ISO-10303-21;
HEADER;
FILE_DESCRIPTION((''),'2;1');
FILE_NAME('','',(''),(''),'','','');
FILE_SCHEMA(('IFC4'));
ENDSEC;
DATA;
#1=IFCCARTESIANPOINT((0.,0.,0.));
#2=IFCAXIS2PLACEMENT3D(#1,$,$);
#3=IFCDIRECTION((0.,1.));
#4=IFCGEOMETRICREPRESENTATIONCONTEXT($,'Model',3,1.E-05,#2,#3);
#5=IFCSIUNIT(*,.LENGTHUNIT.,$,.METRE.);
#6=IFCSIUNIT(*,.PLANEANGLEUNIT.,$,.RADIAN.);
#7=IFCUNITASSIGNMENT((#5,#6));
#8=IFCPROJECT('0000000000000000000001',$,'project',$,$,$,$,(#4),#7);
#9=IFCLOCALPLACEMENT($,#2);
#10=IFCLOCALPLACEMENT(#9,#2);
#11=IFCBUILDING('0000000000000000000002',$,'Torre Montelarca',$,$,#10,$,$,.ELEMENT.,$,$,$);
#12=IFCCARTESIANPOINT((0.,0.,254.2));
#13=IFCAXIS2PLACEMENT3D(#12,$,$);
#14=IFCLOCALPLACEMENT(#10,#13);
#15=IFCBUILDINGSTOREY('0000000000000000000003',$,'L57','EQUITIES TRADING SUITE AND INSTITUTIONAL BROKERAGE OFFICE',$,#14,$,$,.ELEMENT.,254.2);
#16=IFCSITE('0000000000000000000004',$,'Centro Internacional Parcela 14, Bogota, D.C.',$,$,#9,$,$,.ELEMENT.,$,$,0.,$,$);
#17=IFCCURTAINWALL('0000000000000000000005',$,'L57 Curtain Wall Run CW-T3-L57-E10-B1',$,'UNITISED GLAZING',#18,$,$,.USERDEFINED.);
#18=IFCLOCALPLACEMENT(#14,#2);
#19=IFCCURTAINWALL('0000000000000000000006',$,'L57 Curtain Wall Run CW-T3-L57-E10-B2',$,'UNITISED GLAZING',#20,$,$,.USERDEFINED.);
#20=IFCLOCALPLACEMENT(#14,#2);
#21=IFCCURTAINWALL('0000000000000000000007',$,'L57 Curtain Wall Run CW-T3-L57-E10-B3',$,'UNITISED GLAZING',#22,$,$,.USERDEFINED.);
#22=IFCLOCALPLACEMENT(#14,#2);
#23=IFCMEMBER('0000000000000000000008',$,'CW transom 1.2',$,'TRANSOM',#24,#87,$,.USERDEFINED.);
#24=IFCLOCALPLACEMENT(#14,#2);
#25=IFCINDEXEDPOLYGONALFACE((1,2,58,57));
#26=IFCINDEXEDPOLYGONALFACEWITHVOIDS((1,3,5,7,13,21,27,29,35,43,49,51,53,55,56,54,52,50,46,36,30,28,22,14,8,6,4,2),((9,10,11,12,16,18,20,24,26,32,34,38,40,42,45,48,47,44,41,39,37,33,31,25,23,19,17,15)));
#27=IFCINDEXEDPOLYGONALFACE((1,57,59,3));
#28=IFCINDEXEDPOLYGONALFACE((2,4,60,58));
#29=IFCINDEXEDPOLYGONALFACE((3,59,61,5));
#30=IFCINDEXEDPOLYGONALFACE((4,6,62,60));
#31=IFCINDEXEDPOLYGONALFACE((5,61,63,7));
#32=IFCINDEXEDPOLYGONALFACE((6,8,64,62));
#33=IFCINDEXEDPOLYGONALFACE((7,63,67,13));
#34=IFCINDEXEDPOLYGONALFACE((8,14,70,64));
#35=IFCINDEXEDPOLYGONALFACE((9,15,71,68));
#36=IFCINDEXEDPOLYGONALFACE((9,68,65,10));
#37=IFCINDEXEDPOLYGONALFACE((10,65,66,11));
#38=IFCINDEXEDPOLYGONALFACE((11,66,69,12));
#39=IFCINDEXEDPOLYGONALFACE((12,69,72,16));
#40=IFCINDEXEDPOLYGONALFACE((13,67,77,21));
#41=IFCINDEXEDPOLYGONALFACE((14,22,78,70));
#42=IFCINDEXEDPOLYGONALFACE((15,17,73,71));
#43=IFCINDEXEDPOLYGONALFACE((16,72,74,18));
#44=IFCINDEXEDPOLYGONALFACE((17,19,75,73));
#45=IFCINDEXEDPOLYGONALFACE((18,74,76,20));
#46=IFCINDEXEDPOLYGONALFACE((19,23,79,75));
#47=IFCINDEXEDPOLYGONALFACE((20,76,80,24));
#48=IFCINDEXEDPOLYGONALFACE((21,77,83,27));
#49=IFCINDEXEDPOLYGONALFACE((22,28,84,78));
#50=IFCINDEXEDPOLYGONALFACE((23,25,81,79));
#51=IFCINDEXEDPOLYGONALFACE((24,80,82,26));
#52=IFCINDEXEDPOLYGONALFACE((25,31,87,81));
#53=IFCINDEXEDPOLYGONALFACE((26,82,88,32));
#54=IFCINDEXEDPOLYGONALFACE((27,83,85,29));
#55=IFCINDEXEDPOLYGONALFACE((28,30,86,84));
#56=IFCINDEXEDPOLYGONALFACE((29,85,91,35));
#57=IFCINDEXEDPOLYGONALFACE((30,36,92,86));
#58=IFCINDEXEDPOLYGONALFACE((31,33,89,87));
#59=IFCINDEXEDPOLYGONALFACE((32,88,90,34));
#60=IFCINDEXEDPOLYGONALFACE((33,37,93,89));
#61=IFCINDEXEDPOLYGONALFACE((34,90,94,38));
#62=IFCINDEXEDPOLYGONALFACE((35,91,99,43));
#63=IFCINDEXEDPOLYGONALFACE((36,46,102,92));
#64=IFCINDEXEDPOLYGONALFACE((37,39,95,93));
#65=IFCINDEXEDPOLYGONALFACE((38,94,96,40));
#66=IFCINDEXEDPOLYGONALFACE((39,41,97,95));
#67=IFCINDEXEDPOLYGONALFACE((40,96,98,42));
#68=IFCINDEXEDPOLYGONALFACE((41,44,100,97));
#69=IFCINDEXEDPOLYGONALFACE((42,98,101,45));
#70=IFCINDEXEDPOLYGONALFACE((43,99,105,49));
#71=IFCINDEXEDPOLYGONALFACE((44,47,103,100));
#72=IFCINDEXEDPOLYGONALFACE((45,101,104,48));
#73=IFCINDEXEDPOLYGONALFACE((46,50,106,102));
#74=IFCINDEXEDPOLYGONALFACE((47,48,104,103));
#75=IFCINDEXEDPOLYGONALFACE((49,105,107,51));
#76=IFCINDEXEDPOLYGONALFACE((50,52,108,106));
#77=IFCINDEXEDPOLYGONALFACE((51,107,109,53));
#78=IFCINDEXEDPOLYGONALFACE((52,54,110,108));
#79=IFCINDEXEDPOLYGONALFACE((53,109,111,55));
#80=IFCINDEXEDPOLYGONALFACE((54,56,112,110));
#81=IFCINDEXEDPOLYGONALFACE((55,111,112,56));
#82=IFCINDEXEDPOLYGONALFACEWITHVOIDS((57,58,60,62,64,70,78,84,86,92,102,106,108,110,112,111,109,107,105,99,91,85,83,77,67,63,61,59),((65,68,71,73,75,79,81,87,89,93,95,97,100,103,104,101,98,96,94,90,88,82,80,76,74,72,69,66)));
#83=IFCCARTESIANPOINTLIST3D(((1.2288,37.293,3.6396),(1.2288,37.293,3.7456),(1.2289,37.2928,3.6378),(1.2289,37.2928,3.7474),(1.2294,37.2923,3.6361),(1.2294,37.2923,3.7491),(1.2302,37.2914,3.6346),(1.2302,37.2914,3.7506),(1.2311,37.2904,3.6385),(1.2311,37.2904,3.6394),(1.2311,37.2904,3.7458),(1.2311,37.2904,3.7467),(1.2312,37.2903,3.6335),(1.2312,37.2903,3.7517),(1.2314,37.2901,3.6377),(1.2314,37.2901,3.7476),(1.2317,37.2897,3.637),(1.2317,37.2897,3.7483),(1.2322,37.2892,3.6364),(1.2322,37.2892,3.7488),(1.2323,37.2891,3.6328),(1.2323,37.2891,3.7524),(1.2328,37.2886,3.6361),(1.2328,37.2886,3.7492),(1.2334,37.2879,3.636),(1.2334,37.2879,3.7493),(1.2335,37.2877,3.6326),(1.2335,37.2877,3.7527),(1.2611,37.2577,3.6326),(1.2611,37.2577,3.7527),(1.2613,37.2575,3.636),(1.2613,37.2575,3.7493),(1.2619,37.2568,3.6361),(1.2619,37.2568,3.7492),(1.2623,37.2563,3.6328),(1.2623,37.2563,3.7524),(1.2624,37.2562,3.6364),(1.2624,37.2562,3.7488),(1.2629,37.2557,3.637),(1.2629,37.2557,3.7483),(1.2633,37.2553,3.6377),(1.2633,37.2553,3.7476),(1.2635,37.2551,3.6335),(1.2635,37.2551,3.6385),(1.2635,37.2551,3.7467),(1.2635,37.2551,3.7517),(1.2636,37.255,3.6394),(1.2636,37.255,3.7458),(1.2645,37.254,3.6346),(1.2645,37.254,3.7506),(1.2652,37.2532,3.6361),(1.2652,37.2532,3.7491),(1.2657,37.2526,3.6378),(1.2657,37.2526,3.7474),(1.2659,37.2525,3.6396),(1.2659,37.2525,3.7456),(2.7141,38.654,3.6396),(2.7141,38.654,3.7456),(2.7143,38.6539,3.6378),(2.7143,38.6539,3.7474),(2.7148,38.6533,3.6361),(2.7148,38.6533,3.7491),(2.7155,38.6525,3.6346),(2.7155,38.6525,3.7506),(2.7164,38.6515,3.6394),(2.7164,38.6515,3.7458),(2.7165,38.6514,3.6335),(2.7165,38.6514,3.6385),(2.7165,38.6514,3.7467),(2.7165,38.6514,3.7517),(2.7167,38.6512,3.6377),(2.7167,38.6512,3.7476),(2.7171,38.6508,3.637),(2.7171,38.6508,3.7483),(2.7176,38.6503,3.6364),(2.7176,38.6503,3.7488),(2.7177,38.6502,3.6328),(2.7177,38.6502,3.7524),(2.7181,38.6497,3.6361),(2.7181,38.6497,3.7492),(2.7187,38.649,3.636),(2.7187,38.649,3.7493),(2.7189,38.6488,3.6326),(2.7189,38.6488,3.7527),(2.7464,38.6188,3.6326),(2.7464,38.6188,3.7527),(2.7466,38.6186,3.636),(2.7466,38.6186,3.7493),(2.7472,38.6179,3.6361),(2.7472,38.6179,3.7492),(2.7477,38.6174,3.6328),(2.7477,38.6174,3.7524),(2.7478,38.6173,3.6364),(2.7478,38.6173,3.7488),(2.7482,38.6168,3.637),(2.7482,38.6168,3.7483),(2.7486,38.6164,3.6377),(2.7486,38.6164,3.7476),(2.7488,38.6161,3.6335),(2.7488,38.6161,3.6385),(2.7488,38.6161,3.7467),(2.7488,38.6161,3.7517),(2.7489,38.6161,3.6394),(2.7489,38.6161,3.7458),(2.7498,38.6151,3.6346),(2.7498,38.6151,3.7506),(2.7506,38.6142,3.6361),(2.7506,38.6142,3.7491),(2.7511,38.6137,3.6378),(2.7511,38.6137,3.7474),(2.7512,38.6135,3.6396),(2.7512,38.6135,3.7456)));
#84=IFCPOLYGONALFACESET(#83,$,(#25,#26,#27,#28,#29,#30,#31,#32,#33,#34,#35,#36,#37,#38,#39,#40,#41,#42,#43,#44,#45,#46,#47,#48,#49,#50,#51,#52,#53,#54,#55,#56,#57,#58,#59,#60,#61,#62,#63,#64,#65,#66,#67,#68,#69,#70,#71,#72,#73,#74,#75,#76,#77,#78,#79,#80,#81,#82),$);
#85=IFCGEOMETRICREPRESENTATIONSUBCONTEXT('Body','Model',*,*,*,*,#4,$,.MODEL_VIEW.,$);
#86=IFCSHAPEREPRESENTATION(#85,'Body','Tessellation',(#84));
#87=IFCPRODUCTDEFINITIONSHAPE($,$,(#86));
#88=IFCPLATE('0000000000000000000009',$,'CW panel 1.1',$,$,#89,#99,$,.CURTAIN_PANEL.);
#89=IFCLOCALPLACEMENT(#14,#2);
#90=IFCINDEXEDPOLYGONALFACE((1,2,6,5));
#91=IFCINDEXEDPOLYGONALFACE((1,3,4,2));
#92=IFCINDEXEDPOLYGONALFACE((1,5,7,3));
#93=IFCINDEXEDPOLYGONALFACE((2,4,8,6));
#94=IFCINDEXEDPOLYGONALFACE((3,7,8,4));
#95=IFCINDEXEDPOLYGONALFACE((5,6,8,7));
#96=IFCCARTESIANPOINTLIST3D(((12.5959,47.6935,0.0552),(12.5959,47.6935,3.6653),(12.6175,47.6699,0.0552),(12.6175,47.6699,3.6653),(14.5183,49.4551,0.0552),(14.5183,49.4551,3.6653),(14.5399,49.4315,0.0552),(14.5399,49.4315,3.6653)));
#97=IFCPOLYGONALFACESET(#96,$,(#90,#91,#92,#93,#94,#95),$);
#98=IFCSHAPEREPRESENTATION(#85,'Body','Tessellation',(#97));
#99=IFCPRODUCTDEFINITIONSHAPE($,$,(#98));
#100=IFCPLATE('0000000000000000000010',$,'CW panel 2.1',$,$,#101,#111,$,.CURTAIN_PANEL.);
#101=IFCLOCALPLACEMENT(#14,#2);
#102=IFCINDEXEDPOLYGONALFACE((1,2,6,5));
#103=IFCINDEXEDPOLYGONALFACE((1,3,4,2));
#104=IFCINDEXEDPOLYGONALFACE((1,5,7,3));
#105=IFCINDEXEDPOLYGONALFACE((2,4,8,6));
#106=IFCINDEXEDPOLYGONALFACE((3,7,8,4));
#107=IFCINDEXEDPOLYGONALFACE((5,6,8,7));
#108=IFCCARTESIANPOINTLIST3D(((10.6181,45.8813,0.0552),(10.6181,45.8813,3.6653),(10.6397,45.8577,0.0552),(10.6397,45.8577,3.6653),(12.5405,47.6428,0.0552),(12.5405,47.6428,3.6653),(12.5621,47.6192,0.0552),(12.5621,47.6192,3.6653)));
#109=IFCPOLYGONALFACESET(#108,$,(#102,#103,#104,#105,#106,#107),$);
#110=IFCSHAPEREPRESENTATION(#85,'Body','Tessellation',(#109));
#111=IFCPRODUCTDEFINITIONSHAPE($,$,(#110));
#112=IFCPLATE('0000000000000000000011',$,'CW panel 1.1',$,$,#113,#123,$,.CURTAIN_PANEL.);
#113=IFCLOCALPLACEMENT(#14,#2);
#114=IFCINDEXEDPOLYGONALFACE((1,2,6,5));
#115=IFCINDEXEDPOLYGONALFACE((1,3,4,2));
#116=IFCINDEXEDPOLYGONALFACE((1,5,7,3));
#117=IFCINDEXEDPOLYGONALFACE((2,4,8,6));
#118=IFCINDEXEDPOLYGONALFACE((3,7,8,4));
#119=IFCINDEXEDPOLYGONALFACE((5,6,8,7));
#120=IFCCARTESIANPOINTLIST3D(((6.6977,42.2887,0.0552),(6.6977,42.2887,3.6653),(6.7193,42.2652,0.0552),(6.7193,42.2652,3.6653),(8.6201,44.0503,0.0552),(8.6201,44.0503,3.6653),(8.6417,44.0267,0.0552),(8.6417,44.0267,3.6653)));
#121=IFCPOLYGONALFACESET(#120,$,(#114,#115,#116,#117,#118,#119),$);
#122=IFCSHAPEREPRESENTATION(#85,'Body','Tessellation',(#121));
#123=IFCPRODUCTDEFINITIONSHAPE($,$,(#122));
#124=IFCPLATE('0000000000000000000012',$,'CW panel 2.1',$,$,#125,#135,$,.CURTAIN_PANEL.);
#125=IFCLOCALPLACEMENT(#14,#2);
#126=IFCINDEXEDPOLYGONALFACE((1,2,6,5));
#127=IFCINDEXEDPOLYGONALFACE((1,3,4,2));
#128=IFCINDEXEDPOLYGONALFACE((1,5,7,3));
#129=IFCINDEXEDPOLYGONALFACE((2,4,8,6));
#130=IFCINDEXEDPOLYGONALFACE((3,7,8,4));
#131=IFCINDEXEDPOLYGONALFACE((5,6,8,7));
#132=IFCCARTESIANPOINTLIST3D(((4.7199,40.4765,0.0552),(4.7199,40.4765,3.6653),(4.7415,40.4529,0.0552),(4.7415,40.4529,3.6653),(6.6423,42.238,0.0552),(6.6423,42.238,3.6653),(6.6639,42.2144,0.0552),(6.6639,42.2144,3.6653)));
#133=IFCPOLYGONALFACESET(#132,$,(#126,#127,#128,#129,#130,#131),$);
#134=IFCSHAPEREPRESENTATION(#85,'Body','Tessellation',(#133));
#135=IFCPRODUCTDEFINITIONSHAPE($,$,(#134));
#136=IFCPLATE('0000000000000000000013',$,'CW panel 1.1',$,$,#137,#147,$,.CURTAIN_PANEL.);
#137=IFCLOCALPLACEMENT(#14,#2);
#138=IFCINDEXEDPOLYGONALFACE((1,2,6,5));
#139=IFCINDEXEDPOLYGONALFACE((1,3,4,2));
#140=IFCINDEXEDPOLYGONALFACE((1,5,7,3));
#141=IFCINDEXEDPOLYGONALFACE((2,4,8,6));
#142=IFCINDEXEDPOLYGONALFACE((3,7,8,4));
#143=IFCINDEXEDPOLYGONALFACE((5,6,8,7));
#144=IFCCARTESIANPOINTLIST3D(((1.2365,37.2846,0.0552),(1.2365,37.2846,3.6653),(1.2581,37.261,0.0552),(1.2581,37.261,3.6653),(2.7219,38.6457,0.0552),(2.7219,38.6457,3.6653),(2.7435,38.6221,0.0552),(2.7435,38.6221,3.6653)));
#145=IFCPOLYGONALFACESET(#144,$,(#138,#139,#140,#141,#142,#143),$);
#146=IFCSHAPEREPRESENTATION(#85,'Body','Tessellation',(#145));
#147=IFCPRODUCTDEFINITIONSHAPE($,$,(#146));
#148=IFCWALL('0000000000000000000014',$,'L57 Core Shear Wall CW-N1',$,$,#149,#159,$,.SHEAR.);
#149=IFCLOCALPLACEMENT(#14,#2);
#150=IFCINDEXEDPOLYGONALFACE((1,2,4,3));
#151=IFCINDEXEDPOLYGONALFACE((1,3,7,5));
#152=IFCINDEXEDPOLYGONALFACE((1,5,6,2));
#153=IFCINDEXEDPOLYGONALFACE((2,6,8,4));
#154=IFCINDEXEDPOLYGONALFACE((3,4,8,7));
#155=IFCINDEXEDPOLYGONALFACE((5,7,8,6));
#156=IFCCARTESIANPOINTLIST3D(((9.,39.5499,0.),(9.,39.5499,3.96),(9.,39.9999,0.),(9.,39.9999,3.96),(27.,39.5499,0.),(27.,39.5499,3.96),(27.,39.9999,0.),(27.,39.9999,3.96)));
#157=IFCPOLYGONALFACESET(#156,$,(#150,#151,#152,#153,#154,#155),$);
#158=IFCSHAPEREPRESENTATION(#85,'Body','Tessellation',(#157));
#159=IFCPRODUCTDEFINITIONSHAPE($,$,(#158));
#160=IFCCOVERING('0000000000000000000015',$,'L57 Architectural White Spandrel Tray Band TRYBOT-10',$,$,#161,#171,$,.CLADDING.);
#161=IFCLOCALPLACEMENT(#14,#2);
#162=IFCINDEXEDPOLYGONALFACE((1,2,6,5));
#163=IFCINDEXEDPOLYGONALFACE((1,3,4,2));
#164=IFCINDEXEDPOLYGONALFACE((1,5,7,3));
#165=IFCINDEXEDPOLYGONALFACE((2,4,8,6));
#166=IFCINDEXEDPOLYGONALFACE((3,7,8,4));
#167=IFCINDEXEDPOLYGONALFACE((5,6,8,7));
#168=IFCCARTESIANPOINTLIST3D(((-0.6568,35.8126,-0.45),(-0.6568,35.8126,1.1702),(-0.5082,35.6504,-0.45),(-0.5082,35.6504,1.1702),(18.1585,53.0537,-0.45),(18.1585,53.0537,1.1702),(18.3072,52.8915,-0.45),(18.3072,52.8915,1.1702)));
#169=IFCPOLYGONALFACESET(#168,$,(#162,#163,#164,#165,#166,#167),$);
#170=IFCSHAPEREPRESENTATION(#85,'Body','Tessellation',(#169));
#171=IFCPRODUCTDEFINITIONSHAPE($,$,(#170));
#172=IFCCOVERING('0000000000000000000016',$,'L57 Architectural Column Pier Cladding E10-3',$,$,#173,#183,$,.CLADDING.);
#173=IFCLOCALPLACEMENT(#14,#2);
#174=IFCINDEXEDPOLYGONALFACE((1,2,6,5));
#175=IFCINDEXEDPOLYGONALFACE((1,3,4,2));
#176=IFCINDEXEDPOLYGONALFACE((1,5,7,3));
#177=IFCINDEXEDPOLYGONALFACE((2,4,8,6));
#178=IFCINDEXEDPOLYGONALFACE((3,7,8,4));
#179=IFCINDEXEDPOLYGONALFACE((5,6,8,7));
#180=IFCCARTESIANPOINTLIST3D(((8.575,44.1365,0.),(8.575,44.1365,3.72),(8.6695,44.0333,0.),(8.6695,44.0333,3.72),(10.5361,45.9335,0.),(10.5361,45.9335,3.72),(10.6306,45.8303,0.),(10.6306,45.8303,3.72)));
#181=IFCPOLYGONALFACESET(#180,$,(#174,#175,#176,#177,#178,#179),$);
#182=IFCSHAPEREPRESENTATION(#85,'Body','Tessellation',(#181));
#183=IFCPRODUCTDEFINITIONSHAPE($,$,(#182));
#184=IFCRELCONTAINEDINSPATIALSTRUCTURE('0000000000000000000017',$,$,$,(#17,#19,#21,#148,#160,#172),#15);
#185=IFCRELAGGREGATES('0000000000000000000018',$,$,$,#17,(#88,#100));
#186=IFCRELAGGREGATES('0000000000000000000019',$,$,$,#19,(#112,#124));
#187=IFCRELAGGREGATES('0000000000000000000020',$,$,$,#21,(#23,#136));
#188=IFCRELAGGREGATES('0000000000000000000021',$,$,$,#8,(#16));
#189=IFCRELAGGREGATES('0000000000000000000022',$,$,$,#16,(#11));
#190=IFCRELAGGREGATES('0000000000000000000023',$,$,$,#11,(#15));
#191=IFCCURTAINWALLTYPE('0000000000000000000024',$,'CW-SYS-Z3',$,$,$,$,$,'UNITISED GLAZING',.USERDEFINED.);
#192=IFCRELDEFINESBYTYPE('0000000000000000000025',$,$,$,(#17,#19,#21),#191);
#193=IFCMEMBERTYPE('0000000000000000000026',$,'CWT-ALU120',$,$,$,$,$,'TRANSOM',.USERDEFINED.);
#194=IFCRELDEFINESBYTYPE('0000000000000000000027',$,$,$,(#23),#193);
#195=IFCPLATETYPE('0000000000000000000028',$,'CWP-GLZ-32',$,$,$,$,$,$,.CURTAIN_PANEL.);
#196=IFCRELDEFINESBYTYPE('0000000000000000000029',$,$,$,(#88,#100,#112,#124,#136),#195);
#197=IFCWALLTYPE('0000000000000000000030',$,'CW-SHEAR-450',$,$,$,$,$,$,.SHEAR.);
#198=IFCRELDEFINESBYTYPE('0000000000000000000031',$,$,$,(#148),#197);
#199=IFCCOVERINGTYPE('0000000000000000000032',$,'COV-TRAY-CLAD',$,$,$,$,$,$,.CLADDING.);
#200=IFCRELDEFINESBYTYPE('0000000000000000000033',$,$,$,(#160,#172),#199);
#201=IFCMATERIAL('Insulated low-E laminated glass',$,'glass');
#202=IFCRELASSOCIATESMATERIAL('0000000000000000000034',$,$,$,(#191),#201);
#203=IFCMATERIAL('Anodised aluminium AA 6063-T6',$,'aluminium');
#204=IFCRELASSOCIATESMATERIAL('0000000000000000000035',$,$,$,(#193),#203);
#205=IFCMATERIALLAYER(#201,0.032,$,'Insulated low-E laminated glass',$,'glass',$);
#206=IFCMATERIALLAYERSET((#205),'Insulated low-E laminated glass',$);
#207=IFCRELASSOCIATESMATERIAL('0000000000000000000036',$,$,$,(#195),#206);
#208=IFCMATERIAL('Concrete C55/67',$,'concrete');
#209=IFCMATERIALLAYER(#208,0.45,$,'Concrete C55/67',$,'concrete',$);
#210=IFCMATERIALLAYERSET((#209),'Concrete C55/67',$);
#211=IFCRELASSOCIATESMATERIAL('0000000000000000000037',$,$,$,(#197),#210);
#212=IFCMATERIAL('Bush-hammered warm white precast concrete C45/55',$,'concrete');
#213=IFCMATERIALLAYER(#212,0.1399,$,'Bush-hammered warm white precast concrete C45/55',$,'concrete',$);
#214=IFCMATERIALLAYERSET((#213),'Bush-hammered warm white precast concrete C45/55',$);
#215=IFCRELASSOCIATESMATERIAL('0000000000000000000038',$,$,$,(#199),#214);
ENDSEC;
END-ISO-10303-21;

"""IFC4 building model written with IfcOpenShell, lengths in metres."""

from ifc_helpers import new_model, si_unit, direction, frame, frame_2d, origin, origin_2d, place, context, subcontext, project, spatial, rectangle, hollow_rectangle, extrude, source, transform, mapped, material, layer, layer_set, material_profile, profile_set, type_object, element, aggregate, save


model = new_model("IFC4")

# Units and contexts
model_context = context("Model", 3, precision=1e-05, world=origin(), true_north=direction((0.0, 1.0)))
body_context = subcontext(model_context, "Body", "Model", "MODEL_VIEW")
ifc_project = project(units=[si_unit("LENGTHUNIT", "METRE"), si_unit("PLANEANGLEUNIT", "RADIAN")], contexts=[model_context])

# Site, building, storey
site_placement = place(None, origin())
site = spatial("IfcSite", under=ifc_project, at=site_placement, Name="Centro Internacional Parcela 14, Bogota, D.C.", CompositionType="ELEMENT", RefElevation=0.0)
building_placement = place(site_placement, origin())
building = spatial("IfcBuilding", under=site, at=building_placement, Name="Torre Montelarca", CompositionType="ELEMENT")
storey_placement = place(building_placement, frame((0.0, 0.0, 254.2)))
storey = spatial("IfcBuildingStorey", under=building, at=storey_placement, Name="L57", Description="EQUITIES TRADING SUITE AND INSTITUTIONAL BROKERAGE OFFICE", CompositionType="ELEMENT", Elevation=254.2)

# Shared definitions
ifc_material_1 = material(Name="Concrete C55/67", Category="concrete")

# Curtain walls
ifc_material_2 = material(Name="Insulated low-E laminated glass", Category="glass")
curtain_wall_type = type_object("IfcCurtainWallType", Name="CW-SYS-Z3", ElementType="UNITISED GLAZING", PredefinedType="USERDEFINED", material=ifc_material_2)
curtain_wall_1_placement = place(storey_placement, origin())
curtain_wall_1 = element("IfcCurtainWall", 1, at=curtain_wall_1_placement, inside=storey, type_object=curtain_wall_type, Name="L57 Curtain Wall Run CW-T3-L57-E10-B1", ObjectType="UNITISED GLAZING", PredefinedType="USERDEFINED")
ifc_material_3 = material(Name="Anodised aluminium AA 6063-T6", Category="aluminium")
curtain_wall_2_placement = place(storey_placement, origin())
curtain_wall_2 = element("IfcCurtainWall", 2, at=curtain_wall_2_placement, inside=storey, type_object=curtain_wall_type, Name="L57 Curtain Wall Run CW-T3-L57-E10-B2", ObjectType="UNITISED GLAZING", PredefinedType="USERDEFINED")
curtain_wall_3_placement = place(storey_placement, origin())
curtain_wall_3 = element("IfcCurtainWall", 3, at=curtain_wall_3_placement, inside=storey, type_object=curtain_wall_type, Name="L57 Curtain Wall Run CW-T3-L57-E10-B3", ObjectType="UNITISED GLAZING", PredefinedType="USERDEFINED")

# Member
ifc_material_profile_1 = material_profile(ifc_material_3, hollow_rectangle(XDim=0.0549, YDim=0.1201, WallThickness=0.0034, InnerFilletRadius=0.0034, OuterFilletRadius=0.0071, at=origin_2d()), Name="ALU55X120X3.5", Category="aluminium")
ifc_profile_set_1 = profile_set([ifc_material_profile_1], Name="Anodised aluminium AA 6063-T6")
member_type_1 = type_object("IfcMemberType", Name="CWT-ALU120", ElementType="TRANSOM", PredefinedType="USERDEFINED", material=ifc_profile_set_1)
shared_shape_1 = source(origin(), body_context, "Body", "SweptSolid", [
    extrude(hollow_rectangle(XDim=0.0549, YDim=0.1201, WallThickness=0.0034, InnerFilletRadius=0.0034, OuterFilletRadius=0.0071, at=origin_2d()), origin(), (0.0, 0.0, 1.0), 2.0146),
])
member_1_placement = place(storey_placement, frame((2.7327, 38.6338, 3.6926), z_axis=(-0.737275, -0.675593, 0.0), x_axis=(0.675593, -0.737275, 0.0)))
member_1 = element("IfcMember", 4, at=member_1_placement, type_object=member_type_1, Name="CW transom 1.2", ObjectType="TRANSOM", PredefinedType="USERDEFINED", context=body_context, shape_type="MappedRepresentation", body=[
    mapped(shared_shape_1, transform((0.0, 0.0, 0.0), scale=1.0)),
])

# Plates
ifc_layer_1 = layer(ifc_material_2, 0.032, Name="Insulated low-E laminated glass", Category="glass")
ifc_layer_set_1 = layer_set([ifc_layer_1], Name="Insulated low-E laminated glass")
plate_type = type_object("IfcPlateType", Name="CWP-GLZ-32", PredefinedType="CURTAIN_PANEL", material=ifc_layer_set_1)
shared_shape_2 = source(origin(), body_context, "Body", "SweptSolid", [
    extrude(rectangle(XDim=2.6074, YDim=0.032, at=origin_2d()), origin(), (0.0, 0.0, 1.0), 3.6101),
])
plate_1_placement = place(storey_placement, frame((13.5679, 48.5625, 0.0552), z_axis=(0.0, 0.0, 1.0), x_axis=(-0.737279, -0.675588, 0.0)))
plate_1 = element("IfcPlate", 5, at=plate_1_placement, type_object=plate_type, Name="CW panel 1.1", PredefinedType="CURTAIN_PANEL", context=body_context, shape_type="MappedRepresentation", body=[
    mapped(shared_shape_2, transform((0.0, 0.0, 0.0), scale=1.0)),
])
plate_2_placement = place(storey_placement, frame((11.5901, 46.7502, 0.0552), z_axis=(0.0, 0.0, 1.0), x_axis=(-0.737279, -0.675588, 0.0)))
plate_2 = element("IfcPlate", 6, at=plate_2_placement, type_object=plate_type, Name="CW panel 2.1", PredefinedType="CURTAIN_PANEL", context=body_context, shape_type="MappedRepresentation", body=[
    mapped(shared_shape_2, transform((0.0, 0.0, 0.0), scale=1.0)),
])
aggregate(curtain_wall_1, [plate_1, plate_2])
plate_3_placement = place(storey_placement, frame((7.6697, 43.1577, 0.0552), z_axis=(0.0, 0.0, 1.0), x_axis=(-0.737279, -0.675588, 0.0)))
plate_3 = element("IfcPlate", 7, at=plate_3_placement, type_object=plate_type, Name="CW panel 1.1", PredefinedType="CURTAIN_PANEL", context=body_context, shape_type="MappedRepresentation", body=[
    mapped(shared_shape_2, transform((0.0, 0.0, 0.0), scale=1.0)),
])
plate_4_placement = place(storey_placement, frame((5.6919, 41.3455, 0.0552), z_axis=(0.0, 0.0, 1.0), x_axis=(-0.737279, -0.675588, 0.0)))
plate_4 = element("IfcPlate", 8, at=plate_4_placement, type_object=plate_type, Name="CW panel 2.1", PredefinedType="CURTAIN_PANEL", context=body_context, shape_type="MappedRepresentation", body=[
    mapped(shared_shape_2, transform((0.0, 0.0, 0.0), scale=1.0)),
])
aggregate(curtain_wall_2, [plate_3, plate_4])
shared_shape_3 = source(origin(), body_context, "Body", "SweptSolid", [
    extrude(rectangle(XDim=2.0146, YDim=0.032, at=origin_2d()), origin(), (0.0, 0.0, 1.0), 3.6101),
])
plate_5_placement = place(storey_placement, frame((1.99, 37.9534, 0.0552), z_axis=(0.0, 0.0, 1.0), x_axis=(-0.737285, -0.675582, 0.0)))
plate_5 = element("IfcPlate", 9, at=plate_5_placement, type_object=plate_type, Name="CW panel 1.1", PredefinedType="CURTAIN_PANEL", context=body_context, shape_type="MappedRepresentation", body=[
    mapped(shared_shape_3, transform((0.0, 0.0, 0.0), scale=1.0)),
])
aggregate(curtain_wall_3, [member_1, plate_5])

# Wall
ifc_layer_2 = layer(ifc_material_1, 0.45, Name="Concrete C55/67", Category="concrete")
ifc_layer_set_2 = layer_set([ifc_layer_2], Name="Concrete C55/67")
wall_type = type_object("IfcWallType", Name="CW-SHEAR-450", PredefinedType="SHEAR", material=ifc_layer_set_2)
wall_placement = place(storey_placement, frame((9.0, 39.7749, 0.0), z_axis=(0.0, 0.0, 1.0), x_axis=(1.0, 0.0, 0.0)))
element("IfcWall", 10, at=wall_placement, inside=storey, type_object=wall_type, Name="L57 Core Shear Wall CW-N1", PredefinedType="SHEAR", context=body_context, shape_type="SweptSolid", body=[
    extrude(rectangle(XDim=18.0, YDim=0.45, at=frame_2d((9.0, 0.0))), origin(), (0.0, 0.0, 1.0), 3.96),
])

# Coverings
ifc_material_4 = material(Name="Bush-hammered warm white precast concrete C45/55", Category="concrete")
ifc_layer_3 = layer(ifc_material_4, 0.1399, Name="Bush-hammered warm white precast concrete C45/55", Category="concrete")
ifc_layer_set_3 = layer_set([ifc_layer_3], Name="Bush-hammered warm white precast concrete C45/55")
covering_type = type_object("IfcCoveringType", Name="COV-TRAY-CLAD", PredefinedType="CLADDING", material=ifc_layer_set_3)
shared_shape_4 = source(origin(), body_context, "Body", "SweptSolid", [
    extrude(rectangle(XDim=25.52, YDim=0.22, at=origin_2d()), origin(), (0.0, 0.0, 1.0), 1.6201),
])
covering_1_placement = place(storey_placement, frame((8.8252, 44.3521, -0.45), z_axis=(0.0, 0.0, 1.0), x_axis=(-0.737276, -0.675591, 0.0)))
element("IfcCovering", 11, at=covering_1_placement, inside=storey, type_object=covering_type, Name="L57 Architectural White Spandrel Tray Band TRYBOT-10", PredefinedType="CLADDING", context=body_context, shape_type="MappedRepresentation", body=[
    mapped(shared_shape_4, transform((0.0, 0.0, 0.0), scale=1.0)),
])
shared_shape_5 = source(origin(), body_context, "Body", "SweptSolid", [
    extrude(rectangle(XDim=2.6599, YDim=0.1399, at=origin_2d()), origin(), (0.0, 0.0, 1.0), 3.72),
])
for number, where, z_axis, x_axis, name in (
    (12, (9.6028, 44.9834, 0.0), (0.0, 0.0, 1.0), (-0.737276, -0.675591, 0.0), "L57 Architectural Column Pier Cladding E10-3"),
):
    element("IfcCovering", number, at=place(storey_placement, frame(where, z_axis=z_axis, x_axis=x_axis)), inside=storey, type_object=covering_type, Name=name, PredefinedType="CLADDING", context=body_context, shape_type="MappedRepresentation", body=[
        mapped(shared_shape_5, transform((0.0, 0.0, 0.0), scale=1.0)),
    ])

save(model, "model.ifc")
